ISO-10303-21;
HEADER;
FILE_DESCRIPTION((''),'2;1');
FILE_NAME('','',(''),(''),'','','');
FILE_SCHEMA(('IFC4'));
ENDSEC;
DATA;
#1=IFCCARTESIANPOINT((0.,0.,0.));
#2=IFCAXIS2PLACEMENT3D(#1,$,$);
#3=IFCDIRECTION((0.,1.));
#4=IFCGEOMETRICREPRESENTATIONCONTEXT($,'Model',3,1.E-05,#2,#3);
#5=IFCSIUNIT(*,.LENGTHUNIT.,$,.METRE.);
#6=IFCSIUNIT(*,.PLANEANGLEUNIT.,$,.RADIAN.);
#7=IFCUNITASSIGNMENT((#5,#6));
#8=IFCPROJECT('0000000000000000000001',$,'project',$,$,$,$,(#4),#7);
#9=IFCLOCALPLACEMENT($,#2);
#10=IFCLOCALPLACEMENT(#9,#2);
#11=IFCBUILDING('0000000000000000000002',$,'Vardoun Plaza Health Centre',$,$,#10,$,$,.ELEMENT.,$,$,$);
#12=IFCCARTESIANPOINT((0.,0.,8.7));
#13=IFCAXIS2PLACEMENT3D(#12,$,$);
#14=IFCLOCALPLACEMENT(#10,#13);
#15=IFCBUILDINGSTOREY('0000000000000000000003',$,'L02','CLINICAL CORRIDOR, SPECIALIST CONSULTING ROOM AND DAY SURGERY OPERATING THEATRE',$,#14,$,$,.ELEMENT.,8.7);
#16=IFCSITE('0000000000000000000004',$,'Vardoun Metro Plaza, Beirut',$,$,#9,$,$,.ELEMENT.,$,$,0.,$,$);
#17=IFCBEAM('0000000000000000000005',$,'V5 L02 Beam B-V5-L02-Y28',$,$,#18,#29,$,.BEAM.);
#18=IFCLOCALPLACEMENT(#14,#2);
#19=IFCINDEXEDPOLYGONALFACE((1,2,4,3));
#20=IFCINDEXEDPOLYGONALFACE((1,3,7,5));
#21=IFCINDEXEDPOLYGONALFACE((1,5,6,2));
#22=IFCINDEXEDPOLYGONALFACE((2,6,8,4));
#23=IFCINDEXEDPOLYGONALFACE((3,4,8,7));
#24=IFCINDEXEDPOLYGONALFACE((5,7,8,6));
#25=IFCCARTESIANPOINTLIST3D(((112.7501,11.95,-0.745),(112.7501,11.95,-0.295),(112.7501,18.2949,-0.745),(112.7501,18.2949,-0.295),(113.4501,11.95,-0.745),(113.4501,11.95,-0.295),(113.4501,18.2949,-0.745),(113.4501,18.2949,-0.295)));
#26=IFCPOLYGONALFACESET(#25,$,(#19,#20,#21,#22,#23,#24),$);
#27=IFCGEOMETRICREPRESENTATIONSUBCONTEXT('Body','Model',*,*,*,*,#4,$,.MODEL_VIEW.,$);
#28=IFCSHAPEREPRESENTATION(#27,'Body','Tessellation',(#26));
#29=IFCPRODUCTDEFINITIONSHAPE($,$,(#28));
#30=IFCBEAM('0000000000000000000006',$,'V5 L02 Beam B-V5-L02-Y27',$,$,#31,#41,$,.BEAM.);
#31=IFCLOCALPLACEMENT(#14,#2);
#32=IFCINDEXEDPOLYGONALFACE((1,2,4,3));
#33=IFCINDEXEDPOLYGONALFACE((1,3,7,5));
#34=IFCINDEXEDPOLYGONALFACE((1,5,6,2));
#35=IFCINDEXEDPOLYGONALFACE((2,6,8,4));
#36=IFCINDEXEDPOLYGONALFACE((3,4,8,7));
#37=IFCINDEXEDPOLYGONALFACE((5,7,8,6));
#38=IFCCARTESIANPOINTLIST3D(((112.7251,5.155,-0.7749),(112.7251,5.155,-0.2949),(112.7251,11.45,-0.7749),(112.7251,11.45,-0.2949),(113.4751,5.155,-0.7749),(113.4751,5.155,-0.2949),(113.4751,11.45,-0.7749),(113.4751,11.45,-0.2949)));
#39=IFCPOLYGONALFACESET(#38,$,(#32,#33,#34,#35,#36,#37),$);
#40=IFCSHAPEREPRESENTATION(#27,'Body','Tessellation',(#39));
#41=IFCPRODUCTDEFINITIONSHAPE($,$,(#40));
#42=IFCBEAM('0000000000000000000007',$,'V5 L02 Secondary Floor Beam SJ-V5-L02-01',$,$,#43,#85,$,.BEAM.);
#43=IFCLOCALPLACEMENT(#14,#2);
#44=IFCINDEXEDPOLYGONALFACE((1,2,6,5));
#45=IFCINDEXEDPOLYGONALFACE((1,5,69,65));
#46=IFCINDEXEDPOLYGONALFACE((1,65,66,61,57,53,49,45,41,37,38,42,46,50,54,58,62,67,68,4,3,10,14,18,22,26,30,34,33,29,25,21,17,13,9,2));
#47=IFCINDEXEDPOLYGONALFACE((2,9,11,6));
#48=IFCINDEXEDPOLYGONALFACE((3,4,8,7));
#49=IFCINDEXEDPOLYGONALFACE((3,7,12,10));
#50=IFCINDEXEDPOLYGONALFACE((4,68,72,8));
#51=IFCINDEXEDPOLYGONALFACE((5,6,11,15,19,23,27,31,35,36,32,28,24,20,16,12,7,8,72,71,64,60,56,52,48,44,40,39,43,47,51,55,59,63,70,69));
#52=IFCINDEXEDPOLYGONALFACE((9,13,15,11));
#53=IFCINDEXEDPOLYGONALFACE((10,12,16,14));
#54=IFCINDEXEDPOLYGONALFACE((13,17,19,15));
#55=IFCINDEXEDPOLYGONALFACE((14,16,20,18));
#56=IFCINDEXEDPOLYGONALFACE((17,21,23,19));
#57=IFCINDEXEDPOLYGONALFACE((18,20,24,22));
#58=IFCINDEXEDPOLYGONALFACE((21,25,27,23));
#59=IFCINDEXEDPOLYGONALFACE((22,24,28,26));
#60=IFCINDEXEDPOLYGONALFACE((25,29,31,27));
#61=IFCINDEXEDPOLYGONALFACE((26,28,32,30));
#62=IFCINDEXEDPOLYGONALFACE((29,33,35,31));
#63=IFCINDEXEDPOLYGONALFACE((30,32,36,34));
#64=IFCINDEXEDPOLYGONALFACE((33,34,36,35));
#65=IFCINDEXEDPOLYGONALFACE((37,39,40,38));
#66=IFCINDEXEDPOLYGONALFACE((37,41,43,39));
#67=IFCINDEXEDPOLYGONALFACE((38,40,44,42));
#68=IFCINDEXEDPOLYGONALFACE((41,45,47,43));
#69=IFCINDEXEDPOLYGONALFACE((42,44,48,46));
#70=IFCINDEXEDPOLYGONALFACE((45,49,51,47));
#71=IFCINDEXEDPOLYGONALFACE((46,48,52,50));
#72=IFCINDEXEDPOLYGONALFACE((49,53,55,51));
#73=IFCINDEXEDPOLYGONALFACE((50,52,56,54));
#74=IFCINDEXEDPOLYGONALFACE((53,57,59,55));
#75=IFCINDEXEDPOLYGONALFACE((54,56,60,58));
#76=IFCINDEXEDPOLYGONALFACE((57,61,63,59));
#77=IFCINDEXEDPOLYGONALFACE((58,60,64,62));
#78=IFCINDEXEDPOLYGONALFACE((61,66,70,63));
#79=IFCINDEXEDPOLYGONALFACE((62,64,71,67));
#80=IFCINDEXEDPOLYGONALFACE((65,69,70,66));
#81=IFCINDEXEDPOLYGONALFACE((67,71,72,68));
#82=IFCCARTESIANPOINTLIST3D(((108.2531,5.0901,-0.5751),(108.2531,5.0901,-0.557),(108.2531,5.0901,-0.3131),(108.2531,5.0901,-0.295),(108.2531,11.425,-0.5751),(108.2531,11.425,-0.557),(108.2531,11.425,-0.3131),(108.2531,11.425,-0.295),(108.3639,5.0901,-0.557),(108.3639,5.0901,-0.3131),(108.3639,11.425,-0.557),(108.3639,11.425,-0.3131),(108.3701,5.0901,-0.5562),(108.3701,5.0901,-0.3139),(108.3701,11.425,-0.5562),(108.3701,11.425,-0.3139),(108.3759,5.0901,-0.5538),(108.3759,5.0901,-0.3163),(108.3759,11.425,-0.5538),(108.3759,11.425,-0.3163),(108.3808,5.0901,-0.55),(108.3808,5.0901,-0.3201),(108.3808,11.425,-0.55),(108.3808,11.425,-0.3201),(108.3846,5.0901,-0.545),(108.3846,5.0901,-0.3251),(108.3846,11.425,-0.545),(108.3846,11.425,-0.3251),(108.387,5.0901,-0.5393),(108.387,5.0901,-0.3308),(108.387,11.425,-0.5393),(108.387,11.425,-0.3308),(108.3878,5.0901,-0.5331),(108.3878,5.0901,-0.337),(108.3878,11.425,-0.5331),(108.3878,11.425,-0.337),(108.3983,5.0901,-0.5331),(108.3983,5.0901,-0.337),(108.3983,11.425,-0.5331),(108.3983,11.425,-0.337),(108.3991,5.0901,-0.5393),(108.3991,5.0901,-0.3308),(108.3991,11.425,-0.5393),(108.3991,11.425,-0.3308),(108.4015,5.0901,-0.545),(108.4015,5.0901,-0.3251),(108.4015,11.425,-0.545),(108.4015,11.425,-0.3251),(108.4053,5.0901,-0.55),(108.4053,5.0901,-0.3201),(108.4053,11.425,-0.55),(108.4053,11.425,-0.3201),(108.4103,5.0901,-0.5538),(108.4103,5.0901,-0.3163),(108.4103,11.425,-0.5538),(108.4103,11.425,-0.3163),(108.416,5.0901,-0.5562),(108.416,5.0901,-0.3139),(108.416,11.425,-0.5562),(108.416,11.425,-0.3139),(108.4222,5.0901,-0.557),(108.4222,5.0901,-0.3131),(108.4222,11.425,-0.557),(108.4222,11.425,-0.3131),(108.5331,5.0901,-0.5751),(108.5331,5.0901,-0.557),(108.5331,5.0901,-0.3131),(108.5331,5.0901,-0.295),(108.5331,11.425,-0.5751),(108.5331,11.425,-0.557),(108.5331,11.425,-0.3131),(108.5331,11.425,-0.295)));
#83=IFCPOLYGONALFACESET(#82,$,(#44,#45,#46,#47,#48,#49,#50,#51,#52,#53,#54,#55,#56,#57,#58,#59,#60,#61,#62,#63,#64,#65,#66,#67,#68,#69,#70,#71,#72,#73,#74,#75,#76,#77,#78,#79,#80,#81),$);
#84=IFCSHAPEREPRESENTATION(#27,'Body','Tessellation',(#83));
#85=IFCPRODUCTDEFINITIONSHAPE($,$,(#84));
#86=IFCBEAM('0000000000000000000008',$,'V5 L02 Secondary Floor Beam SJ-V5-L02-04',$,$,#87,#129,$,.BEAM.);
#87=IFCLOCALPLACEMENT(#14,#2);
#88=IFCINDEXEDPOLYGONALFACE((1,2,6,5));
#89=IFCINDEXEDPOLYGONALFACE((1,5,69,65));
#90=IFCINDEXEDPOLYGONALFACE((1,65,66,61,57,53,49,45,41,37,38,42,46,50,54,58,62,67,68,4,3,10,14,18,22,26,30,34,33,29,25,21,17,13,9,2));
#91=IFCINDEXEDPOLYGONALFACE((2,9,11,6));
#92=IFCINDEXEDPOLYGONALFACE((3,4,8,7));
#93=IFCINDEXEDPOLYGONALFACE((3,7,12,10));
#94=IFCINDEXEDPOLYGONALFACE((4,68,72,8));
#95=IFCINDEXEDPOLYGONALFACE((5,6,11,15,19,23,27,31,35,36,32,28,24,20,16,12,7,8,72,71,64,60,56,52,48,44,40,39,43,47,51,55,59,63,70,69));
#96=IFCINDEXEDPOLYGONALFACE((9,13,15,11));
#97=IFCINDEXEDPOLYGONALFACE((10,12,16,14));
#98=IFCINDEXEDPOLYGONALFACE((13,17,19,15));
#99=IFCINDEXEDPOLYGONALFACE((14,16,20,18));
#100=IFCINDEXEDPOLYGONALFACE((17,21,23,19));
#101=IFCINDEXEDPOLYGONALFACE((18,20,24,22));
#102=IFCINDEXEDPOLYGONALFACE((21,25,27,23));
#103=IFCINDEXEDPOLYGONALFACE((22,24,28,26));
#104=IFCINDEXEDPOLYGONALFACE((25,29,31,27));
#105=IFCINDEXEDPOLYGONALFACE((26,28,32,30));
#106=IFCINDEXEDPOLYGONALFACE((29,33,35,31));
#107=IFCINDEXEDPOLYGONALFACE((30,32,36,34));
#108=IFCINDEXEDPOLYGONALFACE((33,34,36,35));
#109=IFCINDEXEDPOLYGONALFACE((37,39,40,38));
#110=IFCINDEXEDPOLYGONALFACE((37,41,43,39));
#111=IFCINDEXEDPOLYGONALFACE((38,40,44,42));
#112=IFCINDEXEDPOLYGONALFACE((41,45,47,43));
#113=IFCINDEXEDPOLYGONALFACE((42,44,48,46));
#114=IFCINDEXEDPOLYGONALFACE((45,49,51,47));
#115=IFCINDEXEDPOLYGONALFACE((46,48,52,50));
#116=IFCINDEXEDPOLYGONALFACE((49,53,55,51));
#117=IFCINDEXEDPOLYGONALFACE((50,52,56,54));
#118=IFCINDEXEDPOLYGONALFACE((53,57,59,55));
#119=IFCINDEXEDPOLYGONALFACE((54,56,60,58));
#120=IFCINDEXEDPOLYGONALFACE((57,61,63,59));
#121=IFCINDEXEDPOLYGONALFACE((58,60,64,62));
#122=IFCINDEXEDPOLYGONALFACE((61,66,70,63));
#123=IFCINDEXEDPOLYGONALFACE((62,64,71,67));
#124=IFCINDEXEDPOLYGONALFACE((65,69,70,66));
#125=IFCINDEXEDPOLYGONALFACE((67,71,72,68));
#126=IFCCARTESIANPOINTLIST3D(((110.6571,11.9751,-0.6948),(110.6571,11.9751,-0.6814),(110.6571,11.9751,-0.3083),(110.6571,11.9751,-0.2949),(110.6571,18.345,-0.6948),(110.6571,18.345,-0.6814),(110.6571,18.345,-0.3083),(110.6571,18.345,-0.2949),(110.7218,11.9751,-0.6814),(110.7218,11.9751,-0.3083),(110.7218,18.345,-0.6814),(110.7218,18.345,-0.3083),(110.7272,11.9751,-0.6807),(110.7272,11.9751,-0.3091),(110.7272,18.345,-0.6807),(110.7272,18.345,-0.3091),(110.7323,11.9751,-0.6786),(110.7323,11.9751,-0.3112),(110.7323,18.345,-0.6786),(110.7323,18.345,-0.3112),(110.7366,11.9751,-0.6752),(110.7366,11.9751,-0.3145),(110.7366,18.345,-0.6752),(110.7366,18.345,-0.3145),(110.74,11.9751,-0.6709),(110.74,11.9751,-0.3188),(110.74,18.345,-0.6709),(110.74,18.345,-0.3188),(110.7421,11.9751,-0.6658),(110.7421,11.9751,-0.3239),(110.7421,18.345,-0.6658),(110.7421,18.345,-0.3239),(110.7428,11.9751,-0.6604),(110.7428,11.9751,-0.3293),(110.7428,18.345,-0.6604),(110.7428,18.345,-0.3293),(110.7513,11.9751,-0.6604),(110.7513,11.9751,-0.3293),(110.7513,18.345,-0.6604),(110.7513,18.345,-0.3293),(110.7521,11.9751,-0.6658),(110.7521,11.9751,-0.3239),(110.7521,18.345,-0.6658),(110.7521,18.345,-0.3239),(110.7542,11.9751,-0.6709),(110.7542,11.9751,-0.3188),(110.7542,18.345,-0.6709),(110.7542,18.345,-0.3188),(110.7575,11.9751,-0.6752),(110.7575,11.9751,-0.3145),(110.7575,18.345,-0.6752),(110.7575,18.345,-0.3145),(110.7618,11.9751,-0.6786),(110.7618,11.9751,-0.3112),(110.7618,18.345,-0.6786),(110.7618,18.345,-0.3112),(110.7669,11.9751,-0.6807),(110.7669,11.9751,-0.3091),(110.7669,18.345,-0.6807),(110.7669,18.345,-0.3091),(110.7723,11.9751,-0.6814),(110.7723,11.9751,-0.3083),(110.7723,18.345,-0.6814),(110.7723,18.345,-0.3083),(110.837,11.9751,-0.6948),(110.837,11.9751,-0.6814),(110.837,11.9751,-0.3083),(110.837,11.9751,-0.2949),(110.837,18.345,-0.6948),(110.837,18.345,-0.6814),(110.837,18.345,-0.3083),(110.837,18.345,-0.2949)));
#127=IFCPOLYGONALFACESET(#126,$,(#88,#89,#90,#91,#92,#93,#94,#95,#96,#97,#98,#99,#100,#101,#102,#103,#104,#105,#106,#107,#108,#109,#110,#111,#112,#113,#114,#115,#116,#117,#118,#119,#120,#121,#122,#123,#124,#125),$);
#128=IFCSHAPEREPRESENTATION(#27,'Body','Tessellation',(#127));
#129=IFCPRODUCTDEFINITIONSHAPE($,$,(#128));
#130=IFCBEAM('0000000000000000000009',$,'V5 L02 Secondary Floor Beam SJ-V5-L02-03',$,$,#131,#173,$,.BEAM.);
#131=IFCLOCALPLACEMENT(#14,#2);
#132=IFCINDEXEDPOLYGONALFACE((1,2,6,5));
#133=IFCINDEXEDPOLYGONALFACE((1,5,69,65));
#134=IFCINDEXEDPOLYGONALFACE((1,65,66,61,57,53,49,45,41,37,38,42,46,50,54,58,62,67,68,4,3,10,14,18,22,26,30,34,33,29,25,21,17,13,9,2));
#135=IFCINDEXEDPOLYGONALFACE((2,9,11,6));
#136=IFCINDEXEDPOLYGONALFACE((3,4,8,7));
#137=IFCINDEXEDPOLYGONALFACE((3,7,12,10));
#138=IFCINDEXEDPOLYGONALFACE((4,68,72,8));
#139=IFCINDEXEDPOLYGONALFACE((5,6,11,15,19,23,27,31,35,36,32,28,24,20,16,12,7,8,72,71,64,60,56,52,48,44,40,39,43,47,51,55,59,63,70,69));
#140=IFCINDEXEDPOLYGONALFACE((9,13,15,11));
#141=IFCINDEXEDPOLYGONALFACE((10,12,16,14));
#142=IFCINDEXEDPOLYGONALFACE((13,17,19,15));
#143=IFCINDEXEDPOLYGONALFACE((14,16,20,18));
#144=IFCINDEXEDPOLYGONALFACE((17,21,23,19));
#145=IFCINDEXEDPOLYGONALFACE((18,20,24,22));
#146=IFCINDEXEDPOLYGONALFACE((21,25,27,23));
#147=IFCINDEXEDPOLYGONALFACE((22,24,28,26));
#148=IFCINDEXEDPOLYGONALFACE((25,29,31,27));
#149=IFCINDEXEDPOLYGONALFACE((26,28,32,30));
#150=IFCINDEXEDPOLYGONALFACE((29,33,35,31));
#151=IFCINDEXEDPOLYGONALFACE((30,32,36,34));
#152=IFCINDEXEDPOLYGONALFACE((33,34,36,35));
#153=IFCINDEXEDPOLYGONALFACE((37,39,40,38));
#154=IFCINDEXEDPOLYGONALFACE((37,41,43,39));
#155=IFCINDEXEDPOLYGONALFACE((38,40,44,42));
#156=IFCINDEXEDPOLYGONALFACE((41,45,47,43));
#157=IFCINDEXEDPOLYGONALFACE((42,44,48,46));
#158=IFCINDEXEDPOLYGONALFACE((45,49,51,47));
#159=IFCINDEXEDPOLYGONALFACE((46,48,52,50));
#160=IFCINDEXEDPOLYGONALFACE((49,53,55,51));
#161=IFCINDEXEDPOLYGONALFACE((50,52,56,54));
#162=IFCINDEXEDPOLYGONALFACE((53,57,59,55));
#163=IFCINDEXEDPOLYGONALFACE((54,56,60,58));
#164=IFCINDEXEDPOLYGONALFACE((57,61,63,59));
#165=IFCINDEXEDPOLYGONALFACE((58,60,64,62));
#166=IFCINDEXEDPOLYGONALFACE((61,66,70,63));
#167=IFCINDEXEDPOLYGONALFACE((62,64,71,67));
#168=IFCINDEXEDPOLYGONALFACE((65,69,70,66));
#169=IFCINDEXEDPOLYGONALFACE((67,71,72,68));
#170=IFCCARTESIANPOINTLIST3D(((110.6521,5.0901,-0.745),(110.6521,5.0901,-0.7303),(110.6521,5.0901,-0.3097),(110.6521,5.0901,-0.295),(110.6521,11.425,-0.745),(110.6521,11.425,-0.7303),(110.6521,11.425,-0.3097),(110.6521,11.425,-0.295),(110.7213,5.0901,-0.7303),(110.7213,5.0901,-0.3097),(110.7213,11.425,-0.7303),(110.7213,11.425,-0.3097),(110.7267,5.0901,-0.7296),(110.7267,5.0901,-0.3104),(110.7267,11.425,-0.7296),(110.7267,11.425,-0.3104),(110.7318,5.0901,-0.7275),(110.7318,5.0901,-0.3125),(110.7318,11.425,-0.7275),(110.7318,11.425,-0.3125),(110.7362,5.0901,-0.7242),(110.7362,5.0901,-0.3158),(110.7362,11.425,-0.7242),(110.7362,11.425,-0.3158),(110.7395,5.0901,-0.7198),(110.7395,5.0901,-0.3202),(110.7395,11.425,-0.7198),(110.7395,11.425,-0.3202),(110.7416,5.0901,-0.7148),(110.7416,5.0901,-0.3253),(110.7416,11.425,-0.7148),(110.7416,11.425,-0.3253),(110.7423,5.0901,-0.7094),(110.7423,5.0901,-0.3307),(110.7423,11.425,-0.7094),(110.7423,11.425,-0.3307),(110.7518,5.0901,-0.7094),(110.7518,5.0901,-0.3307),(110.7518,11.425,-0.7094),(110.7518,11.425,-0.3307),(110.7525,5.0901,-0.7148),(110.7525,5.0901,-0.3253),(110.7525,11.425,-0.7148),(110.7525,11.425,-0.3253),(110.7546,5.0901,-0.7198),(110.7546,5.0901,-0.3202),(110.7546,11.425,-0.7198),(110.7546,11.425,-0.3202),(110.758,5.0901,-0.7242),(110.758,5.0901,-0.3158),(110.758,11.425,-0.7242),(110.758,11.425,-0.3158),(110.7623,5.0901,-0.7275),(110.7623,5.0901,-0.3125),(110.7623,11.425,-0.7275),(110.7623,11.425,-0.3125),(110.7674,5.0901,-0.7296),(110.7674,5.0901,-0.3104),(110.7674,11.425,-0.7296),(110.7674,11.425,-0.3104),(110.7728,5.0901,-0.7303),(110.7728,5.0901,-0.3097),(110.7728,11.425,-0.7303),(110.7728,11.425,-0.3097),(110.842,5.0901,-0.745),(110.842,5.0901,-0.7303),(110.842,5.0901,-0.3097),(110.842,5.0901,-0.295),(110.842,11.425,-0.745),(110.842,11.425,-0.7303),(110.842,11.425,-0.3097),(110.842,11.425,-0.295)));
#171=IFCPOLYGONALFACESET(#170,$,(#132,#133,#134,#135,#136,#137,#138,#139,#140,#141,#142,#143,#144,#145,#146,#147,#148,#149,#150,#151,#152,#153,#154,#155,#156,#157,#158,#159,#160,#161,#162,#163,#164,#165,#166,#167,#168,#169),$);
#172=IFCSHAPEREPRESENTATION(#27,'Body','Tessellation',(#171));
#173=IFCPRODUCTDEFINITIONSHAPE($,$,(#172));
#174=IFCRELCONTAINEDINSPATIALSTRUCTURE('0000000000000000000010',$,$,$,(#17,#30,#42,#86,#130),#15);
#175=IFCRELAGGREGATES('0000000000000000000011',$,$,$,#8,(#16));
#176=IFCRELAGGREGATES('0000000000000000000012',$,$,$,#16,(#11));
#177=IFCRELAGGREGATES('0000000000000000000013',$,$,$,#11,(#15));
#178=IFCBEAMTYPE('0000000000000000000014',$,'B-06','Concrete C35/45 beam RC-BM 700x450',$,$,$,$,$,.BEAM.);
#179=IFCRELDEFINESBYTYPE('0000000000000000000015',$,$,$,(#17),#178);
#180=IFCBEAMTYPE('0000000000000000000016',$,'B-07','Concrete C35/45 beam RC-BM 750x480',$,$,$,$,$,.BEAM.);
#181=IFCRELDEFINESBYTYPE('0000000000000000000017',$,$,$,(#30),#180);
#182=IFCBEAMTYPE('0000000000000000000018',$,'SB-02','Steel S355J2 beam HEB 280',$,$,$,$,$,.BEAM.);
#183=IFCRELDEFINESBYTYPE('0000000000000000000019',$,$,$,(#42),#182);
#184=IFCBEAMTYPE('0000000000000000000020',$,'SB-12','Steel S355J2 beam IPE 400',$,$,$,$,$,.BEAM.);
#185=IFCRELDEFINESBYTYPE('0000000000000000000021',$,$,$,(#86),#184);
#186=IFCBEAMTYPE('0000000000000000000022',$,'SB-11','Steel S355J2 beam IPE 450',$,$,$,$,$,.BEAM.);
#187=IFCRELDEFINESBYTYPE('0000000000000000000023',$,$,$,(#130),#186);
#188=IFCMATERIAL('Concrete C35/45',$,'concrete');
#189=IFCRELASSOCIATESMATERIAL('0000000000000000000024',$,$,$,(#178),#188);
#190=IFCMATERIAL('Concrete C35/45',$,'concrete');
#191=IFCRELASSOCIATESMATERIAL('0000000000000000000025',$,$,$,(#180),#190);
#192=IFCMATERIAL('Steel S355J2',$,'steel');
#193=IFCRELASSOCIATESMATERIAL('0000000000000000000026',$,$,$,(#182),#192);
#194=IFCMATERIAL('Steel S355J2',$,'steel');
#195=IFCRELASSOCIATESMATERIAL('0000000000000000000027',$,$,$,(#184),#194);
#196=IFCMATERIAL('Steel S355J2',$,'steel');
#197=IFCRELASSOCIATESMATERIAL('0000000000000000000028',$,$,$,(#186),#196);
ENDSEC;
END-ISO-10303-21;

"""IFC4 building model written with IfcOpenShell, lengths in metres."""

from ifc_helpers import new_model, si_unit, direction, frame, origin, origin_2d, place, context, subcontext, project, spatial, rectangle, i_section, extrude, material, material_profile, profile_set, type_object, element, save


model = new_model("IFC4")

# Units and contexts
model_context = context("Model", 3, precision=1e-05, world=origin(), true_north=direction((0.0, 1.0)))
body_context = subcontext(model_context, "Body", "Model", "MODEL_VIEW")
ifc_project = project(units=[si_unit("LENGTHUNIT", "METRE"), si_unit("PLANEANGLEUNIT", "RADIAN")], contexts=[model_context])

# Site, building, storey
site_placement = place(None, origin())
site = spatial("IfcSite", under=ifc_project, at=site_placement, Name="Vardoun Metro Plaza, Beirut", CompositionType="ELEMENT", RefElevation=0.0)
building_placement = place(site_placement, origin())
building = spatial("IfcBuilding", under=site, at=building_placement, Name="Vardoun Plaza Health Centre", CompositionType="ELEMENT")
storey_placement = place(building_placement, frame((0.0, 0.0, 8.7)))
storey = spatial("IfcBuildingStorey", under=building, at=storey_placement, Name="L02", Description="CLINICAL CORRIDOR, SPECIALIST CONSULTING ROOM AND DAY SURGERY OPERATING THEATRE", CompositionType="ELEMENT", Elevation=8.7)

# Beams
ifc_material_1 = material(Name="Concrete C35/45", Category="concrete")
ifc_material_profile_1 = material_profile(ifc_material_1, rectangle(XDim=0.7, YDim=0.45, at=origin_2d()), Name="RC-BM 700x450")
ifc_profile_set_1 = profile_set([ifc_material_profile_1], Name="Concrete C35/45")
beam_type_1 = type_object("IfcBeamType", Name="B-06", Description="Concrete C35/45 beam RC-BM 700x450", PredefinedType="BEAM", material=ifc_profile_set_1)
beam_1_placement = place(storey_placement, frame((113.1001, 11.95, -0.52), z_axis=(0.0, 1.0, 0.0), x_axis=(-1.0, 0.0, 0.0)))
element("IfcBeam", 1, at=beam_1_placement, inside=storey, type_object=beam_type_1, Name="V5 L02 Beam B-V5-L02-Y28", PredefinedType="BEAM", context=body_context, shape_type="SweptSolid", body=[
    extrude(rectangle(XDim=0.7, YDim=0.45, at=origin_2d()), origin(), (0.0, 0.0, 1.0), 6.345),
])
ifc_material_2 = material(Name="Concrete C35/45", Category="concrete")
ifc_material_profile_2 = material_profile(ifc_material_2, rectangle(XDim=0.75, YDim=0.48, at=origin_2d()), Name="RC-BM 750x480")
ifc_profile_set_2 = profile_set([ifc_material_profile_2], Name="Concrete C35/45")
beam_type_2 = type_object("IfcBeamType", Name="B-07", Description="Concrete C35/45 beam RC-BM 750x480", PredefinedType="BEAM", material=ifc_profile_set_2)
beam_2_placement = place(storey_placement, frame((113.1001, 5.155, -0.5349), z_axis=(0.0, 1.0, 0.0), x_axis=(-1.0, 0.0, 0.0)))
element("IfcBeam", 2, at=beam_2_placement, inside=storey, type_object=beam_type_2, Name="V5 L02 Beam B-V5-L02-Y27", PredefinedType="BEAM", context=body_context, shape_type="SweptSolid", body=[
    extrude(rectangle(XDim=0.75, YDim=0.48, at=origin_2d()), origin(), (0.0, 0.0, 1.0), 6.2949),
])
ifc_material_3 = material(Name="Steel S355J2", Category="steel")
ifc_material_profile_3 = material_profile(ifc_material_3, i_section(OverallWidth=0.28, OverallDepth=0.28, WebThickness=0.0105, FlangeThickness=0.0181, FilletRadius=0.0239, at=origin_2d()), Name="HEB 280")
ifc_profile_set_3 = profile_set([ifc_material_profile_3], Name="Steel S355J2")
beam_type_3 = type_object("IfcBeamType", Name="SB-02", Description="Steel S355J2 beam HEB 280", PredefinedType="BEAM", material=ifc_profile_set_3)
beam_3_placement = place(storey_placement, frame((108.3931, 5.0901, -0.4351), z_axis=(0.0, 1.0, 0.0), x_axis=(-1.0, 0.0, 0.0)))
element("IfcBeam", 3, at=beam_3_placement, inside=storey, type_object=beam_type_3, Name="V5 L02 Secondary Floor Beam SJ-V5-L02-01", PredefinedType="BEAM", context=body_context, shape_type="SweptSolid", body=[
    extrude(i_section(OverallWidth=0.28, OverallDepth=0.28, WebThickness=0.0105, FlangeThickness=0.0181, FilletRadius=0.0239, at=origin_2d()), origin(), (0.0, 0.0, 1.0), 6.335),
])
ifc_material_4 = material(Name="Steel S355J2", Category="steel")
ifc_material_profile_4 = material_profile(ifc_material_4, i_section(OverallWidth=0.1799, OverallDepth=0.3999, WebThickness=0.0085, FlangeThickness=0.0134, FilletRadius=0.021, at=origin_2d()), Name="IPE 400")
ifc_profile_set_4 = profile_set([ifc_material_profile_4], Name="Steel S355J2")
beam_type_4 = type_object("IfcBeamType", Name="SB-12", Description="Steel S355J2 beam IPE 400", PredefinedType="BEAM", material=ifc_profile_set_4)
beam_4_placement = place(storey_placement, frame((110.7471, 11.9751, -0.4949), z_axis=(0.0, 1.0, 0.0), x_axis=(-1.0, 0.0, 0.0)))
element("IfcBeam", 4, at=beam_4_placement, inside=storey, type_object=beam_type_4, Name="V5 L02 Secondary Floor Beam SJ-V5-L02-04", PredefinedType="BEAM", context=body_context, shape_type="SweptSolid", body=[
    extrude(i_section(OverallWidth=0.1799, OverallDepth=0.3999, WebThickness=0.0085, FlangeThickness=0.0134, FilletRadius=0.021, at=origin_2d()), origin(), (0.0, 0.0, 1.0), 6.3699),
])
ifc_material_5 = material(Name="Steel S355J2", Category="steel")
ifc_material_profile_5 = material_profile(ifc_material_5, i_section(OverallWidth=0.1899, OverallDepth=0.45, WebThickness=0.0095, FlangeThickness=0.0146, FilletRadius=0.021, at=origin_2d()), Name="IPE 450")
ifc_profile_set_5 = profile_set([ifc_material_profile_5], Name="Steel S355J2")
beam_type_5 = type_object("IfcBeamType", Name="SB-11", Description="Steel S355J2 beam IPE 450", PredefinedType="BEAM", material=ifc_profile_set_5)
beam_5_placement = place(storey_placement, frame((110.7471, 5.0901, -0.52), z_axis=(0.0, 1.0, 0.0), x_axis=(-1.0, 0.0, 0.0)))
element("IfcBeam", 5, at=beam_5_placement, inside=storey, type_object=beam_type_5, Name="V5 L02 Secondary Floor Beam SJ-V5-L02-03", PredefinedType="BEAM", context=body_context, shape_type="SweptSolid", body=[
    extrude(i_section(OverallWidth=0.1899, OverallDepth=0.45, WebThickness=0.0095, FlangeThickness=0.0146, FilletRadius=0.021, at=origin_2d()), origin(), (0.0, 0.0, 1.0), 6.335),
])

save(model, "model.ifc")
